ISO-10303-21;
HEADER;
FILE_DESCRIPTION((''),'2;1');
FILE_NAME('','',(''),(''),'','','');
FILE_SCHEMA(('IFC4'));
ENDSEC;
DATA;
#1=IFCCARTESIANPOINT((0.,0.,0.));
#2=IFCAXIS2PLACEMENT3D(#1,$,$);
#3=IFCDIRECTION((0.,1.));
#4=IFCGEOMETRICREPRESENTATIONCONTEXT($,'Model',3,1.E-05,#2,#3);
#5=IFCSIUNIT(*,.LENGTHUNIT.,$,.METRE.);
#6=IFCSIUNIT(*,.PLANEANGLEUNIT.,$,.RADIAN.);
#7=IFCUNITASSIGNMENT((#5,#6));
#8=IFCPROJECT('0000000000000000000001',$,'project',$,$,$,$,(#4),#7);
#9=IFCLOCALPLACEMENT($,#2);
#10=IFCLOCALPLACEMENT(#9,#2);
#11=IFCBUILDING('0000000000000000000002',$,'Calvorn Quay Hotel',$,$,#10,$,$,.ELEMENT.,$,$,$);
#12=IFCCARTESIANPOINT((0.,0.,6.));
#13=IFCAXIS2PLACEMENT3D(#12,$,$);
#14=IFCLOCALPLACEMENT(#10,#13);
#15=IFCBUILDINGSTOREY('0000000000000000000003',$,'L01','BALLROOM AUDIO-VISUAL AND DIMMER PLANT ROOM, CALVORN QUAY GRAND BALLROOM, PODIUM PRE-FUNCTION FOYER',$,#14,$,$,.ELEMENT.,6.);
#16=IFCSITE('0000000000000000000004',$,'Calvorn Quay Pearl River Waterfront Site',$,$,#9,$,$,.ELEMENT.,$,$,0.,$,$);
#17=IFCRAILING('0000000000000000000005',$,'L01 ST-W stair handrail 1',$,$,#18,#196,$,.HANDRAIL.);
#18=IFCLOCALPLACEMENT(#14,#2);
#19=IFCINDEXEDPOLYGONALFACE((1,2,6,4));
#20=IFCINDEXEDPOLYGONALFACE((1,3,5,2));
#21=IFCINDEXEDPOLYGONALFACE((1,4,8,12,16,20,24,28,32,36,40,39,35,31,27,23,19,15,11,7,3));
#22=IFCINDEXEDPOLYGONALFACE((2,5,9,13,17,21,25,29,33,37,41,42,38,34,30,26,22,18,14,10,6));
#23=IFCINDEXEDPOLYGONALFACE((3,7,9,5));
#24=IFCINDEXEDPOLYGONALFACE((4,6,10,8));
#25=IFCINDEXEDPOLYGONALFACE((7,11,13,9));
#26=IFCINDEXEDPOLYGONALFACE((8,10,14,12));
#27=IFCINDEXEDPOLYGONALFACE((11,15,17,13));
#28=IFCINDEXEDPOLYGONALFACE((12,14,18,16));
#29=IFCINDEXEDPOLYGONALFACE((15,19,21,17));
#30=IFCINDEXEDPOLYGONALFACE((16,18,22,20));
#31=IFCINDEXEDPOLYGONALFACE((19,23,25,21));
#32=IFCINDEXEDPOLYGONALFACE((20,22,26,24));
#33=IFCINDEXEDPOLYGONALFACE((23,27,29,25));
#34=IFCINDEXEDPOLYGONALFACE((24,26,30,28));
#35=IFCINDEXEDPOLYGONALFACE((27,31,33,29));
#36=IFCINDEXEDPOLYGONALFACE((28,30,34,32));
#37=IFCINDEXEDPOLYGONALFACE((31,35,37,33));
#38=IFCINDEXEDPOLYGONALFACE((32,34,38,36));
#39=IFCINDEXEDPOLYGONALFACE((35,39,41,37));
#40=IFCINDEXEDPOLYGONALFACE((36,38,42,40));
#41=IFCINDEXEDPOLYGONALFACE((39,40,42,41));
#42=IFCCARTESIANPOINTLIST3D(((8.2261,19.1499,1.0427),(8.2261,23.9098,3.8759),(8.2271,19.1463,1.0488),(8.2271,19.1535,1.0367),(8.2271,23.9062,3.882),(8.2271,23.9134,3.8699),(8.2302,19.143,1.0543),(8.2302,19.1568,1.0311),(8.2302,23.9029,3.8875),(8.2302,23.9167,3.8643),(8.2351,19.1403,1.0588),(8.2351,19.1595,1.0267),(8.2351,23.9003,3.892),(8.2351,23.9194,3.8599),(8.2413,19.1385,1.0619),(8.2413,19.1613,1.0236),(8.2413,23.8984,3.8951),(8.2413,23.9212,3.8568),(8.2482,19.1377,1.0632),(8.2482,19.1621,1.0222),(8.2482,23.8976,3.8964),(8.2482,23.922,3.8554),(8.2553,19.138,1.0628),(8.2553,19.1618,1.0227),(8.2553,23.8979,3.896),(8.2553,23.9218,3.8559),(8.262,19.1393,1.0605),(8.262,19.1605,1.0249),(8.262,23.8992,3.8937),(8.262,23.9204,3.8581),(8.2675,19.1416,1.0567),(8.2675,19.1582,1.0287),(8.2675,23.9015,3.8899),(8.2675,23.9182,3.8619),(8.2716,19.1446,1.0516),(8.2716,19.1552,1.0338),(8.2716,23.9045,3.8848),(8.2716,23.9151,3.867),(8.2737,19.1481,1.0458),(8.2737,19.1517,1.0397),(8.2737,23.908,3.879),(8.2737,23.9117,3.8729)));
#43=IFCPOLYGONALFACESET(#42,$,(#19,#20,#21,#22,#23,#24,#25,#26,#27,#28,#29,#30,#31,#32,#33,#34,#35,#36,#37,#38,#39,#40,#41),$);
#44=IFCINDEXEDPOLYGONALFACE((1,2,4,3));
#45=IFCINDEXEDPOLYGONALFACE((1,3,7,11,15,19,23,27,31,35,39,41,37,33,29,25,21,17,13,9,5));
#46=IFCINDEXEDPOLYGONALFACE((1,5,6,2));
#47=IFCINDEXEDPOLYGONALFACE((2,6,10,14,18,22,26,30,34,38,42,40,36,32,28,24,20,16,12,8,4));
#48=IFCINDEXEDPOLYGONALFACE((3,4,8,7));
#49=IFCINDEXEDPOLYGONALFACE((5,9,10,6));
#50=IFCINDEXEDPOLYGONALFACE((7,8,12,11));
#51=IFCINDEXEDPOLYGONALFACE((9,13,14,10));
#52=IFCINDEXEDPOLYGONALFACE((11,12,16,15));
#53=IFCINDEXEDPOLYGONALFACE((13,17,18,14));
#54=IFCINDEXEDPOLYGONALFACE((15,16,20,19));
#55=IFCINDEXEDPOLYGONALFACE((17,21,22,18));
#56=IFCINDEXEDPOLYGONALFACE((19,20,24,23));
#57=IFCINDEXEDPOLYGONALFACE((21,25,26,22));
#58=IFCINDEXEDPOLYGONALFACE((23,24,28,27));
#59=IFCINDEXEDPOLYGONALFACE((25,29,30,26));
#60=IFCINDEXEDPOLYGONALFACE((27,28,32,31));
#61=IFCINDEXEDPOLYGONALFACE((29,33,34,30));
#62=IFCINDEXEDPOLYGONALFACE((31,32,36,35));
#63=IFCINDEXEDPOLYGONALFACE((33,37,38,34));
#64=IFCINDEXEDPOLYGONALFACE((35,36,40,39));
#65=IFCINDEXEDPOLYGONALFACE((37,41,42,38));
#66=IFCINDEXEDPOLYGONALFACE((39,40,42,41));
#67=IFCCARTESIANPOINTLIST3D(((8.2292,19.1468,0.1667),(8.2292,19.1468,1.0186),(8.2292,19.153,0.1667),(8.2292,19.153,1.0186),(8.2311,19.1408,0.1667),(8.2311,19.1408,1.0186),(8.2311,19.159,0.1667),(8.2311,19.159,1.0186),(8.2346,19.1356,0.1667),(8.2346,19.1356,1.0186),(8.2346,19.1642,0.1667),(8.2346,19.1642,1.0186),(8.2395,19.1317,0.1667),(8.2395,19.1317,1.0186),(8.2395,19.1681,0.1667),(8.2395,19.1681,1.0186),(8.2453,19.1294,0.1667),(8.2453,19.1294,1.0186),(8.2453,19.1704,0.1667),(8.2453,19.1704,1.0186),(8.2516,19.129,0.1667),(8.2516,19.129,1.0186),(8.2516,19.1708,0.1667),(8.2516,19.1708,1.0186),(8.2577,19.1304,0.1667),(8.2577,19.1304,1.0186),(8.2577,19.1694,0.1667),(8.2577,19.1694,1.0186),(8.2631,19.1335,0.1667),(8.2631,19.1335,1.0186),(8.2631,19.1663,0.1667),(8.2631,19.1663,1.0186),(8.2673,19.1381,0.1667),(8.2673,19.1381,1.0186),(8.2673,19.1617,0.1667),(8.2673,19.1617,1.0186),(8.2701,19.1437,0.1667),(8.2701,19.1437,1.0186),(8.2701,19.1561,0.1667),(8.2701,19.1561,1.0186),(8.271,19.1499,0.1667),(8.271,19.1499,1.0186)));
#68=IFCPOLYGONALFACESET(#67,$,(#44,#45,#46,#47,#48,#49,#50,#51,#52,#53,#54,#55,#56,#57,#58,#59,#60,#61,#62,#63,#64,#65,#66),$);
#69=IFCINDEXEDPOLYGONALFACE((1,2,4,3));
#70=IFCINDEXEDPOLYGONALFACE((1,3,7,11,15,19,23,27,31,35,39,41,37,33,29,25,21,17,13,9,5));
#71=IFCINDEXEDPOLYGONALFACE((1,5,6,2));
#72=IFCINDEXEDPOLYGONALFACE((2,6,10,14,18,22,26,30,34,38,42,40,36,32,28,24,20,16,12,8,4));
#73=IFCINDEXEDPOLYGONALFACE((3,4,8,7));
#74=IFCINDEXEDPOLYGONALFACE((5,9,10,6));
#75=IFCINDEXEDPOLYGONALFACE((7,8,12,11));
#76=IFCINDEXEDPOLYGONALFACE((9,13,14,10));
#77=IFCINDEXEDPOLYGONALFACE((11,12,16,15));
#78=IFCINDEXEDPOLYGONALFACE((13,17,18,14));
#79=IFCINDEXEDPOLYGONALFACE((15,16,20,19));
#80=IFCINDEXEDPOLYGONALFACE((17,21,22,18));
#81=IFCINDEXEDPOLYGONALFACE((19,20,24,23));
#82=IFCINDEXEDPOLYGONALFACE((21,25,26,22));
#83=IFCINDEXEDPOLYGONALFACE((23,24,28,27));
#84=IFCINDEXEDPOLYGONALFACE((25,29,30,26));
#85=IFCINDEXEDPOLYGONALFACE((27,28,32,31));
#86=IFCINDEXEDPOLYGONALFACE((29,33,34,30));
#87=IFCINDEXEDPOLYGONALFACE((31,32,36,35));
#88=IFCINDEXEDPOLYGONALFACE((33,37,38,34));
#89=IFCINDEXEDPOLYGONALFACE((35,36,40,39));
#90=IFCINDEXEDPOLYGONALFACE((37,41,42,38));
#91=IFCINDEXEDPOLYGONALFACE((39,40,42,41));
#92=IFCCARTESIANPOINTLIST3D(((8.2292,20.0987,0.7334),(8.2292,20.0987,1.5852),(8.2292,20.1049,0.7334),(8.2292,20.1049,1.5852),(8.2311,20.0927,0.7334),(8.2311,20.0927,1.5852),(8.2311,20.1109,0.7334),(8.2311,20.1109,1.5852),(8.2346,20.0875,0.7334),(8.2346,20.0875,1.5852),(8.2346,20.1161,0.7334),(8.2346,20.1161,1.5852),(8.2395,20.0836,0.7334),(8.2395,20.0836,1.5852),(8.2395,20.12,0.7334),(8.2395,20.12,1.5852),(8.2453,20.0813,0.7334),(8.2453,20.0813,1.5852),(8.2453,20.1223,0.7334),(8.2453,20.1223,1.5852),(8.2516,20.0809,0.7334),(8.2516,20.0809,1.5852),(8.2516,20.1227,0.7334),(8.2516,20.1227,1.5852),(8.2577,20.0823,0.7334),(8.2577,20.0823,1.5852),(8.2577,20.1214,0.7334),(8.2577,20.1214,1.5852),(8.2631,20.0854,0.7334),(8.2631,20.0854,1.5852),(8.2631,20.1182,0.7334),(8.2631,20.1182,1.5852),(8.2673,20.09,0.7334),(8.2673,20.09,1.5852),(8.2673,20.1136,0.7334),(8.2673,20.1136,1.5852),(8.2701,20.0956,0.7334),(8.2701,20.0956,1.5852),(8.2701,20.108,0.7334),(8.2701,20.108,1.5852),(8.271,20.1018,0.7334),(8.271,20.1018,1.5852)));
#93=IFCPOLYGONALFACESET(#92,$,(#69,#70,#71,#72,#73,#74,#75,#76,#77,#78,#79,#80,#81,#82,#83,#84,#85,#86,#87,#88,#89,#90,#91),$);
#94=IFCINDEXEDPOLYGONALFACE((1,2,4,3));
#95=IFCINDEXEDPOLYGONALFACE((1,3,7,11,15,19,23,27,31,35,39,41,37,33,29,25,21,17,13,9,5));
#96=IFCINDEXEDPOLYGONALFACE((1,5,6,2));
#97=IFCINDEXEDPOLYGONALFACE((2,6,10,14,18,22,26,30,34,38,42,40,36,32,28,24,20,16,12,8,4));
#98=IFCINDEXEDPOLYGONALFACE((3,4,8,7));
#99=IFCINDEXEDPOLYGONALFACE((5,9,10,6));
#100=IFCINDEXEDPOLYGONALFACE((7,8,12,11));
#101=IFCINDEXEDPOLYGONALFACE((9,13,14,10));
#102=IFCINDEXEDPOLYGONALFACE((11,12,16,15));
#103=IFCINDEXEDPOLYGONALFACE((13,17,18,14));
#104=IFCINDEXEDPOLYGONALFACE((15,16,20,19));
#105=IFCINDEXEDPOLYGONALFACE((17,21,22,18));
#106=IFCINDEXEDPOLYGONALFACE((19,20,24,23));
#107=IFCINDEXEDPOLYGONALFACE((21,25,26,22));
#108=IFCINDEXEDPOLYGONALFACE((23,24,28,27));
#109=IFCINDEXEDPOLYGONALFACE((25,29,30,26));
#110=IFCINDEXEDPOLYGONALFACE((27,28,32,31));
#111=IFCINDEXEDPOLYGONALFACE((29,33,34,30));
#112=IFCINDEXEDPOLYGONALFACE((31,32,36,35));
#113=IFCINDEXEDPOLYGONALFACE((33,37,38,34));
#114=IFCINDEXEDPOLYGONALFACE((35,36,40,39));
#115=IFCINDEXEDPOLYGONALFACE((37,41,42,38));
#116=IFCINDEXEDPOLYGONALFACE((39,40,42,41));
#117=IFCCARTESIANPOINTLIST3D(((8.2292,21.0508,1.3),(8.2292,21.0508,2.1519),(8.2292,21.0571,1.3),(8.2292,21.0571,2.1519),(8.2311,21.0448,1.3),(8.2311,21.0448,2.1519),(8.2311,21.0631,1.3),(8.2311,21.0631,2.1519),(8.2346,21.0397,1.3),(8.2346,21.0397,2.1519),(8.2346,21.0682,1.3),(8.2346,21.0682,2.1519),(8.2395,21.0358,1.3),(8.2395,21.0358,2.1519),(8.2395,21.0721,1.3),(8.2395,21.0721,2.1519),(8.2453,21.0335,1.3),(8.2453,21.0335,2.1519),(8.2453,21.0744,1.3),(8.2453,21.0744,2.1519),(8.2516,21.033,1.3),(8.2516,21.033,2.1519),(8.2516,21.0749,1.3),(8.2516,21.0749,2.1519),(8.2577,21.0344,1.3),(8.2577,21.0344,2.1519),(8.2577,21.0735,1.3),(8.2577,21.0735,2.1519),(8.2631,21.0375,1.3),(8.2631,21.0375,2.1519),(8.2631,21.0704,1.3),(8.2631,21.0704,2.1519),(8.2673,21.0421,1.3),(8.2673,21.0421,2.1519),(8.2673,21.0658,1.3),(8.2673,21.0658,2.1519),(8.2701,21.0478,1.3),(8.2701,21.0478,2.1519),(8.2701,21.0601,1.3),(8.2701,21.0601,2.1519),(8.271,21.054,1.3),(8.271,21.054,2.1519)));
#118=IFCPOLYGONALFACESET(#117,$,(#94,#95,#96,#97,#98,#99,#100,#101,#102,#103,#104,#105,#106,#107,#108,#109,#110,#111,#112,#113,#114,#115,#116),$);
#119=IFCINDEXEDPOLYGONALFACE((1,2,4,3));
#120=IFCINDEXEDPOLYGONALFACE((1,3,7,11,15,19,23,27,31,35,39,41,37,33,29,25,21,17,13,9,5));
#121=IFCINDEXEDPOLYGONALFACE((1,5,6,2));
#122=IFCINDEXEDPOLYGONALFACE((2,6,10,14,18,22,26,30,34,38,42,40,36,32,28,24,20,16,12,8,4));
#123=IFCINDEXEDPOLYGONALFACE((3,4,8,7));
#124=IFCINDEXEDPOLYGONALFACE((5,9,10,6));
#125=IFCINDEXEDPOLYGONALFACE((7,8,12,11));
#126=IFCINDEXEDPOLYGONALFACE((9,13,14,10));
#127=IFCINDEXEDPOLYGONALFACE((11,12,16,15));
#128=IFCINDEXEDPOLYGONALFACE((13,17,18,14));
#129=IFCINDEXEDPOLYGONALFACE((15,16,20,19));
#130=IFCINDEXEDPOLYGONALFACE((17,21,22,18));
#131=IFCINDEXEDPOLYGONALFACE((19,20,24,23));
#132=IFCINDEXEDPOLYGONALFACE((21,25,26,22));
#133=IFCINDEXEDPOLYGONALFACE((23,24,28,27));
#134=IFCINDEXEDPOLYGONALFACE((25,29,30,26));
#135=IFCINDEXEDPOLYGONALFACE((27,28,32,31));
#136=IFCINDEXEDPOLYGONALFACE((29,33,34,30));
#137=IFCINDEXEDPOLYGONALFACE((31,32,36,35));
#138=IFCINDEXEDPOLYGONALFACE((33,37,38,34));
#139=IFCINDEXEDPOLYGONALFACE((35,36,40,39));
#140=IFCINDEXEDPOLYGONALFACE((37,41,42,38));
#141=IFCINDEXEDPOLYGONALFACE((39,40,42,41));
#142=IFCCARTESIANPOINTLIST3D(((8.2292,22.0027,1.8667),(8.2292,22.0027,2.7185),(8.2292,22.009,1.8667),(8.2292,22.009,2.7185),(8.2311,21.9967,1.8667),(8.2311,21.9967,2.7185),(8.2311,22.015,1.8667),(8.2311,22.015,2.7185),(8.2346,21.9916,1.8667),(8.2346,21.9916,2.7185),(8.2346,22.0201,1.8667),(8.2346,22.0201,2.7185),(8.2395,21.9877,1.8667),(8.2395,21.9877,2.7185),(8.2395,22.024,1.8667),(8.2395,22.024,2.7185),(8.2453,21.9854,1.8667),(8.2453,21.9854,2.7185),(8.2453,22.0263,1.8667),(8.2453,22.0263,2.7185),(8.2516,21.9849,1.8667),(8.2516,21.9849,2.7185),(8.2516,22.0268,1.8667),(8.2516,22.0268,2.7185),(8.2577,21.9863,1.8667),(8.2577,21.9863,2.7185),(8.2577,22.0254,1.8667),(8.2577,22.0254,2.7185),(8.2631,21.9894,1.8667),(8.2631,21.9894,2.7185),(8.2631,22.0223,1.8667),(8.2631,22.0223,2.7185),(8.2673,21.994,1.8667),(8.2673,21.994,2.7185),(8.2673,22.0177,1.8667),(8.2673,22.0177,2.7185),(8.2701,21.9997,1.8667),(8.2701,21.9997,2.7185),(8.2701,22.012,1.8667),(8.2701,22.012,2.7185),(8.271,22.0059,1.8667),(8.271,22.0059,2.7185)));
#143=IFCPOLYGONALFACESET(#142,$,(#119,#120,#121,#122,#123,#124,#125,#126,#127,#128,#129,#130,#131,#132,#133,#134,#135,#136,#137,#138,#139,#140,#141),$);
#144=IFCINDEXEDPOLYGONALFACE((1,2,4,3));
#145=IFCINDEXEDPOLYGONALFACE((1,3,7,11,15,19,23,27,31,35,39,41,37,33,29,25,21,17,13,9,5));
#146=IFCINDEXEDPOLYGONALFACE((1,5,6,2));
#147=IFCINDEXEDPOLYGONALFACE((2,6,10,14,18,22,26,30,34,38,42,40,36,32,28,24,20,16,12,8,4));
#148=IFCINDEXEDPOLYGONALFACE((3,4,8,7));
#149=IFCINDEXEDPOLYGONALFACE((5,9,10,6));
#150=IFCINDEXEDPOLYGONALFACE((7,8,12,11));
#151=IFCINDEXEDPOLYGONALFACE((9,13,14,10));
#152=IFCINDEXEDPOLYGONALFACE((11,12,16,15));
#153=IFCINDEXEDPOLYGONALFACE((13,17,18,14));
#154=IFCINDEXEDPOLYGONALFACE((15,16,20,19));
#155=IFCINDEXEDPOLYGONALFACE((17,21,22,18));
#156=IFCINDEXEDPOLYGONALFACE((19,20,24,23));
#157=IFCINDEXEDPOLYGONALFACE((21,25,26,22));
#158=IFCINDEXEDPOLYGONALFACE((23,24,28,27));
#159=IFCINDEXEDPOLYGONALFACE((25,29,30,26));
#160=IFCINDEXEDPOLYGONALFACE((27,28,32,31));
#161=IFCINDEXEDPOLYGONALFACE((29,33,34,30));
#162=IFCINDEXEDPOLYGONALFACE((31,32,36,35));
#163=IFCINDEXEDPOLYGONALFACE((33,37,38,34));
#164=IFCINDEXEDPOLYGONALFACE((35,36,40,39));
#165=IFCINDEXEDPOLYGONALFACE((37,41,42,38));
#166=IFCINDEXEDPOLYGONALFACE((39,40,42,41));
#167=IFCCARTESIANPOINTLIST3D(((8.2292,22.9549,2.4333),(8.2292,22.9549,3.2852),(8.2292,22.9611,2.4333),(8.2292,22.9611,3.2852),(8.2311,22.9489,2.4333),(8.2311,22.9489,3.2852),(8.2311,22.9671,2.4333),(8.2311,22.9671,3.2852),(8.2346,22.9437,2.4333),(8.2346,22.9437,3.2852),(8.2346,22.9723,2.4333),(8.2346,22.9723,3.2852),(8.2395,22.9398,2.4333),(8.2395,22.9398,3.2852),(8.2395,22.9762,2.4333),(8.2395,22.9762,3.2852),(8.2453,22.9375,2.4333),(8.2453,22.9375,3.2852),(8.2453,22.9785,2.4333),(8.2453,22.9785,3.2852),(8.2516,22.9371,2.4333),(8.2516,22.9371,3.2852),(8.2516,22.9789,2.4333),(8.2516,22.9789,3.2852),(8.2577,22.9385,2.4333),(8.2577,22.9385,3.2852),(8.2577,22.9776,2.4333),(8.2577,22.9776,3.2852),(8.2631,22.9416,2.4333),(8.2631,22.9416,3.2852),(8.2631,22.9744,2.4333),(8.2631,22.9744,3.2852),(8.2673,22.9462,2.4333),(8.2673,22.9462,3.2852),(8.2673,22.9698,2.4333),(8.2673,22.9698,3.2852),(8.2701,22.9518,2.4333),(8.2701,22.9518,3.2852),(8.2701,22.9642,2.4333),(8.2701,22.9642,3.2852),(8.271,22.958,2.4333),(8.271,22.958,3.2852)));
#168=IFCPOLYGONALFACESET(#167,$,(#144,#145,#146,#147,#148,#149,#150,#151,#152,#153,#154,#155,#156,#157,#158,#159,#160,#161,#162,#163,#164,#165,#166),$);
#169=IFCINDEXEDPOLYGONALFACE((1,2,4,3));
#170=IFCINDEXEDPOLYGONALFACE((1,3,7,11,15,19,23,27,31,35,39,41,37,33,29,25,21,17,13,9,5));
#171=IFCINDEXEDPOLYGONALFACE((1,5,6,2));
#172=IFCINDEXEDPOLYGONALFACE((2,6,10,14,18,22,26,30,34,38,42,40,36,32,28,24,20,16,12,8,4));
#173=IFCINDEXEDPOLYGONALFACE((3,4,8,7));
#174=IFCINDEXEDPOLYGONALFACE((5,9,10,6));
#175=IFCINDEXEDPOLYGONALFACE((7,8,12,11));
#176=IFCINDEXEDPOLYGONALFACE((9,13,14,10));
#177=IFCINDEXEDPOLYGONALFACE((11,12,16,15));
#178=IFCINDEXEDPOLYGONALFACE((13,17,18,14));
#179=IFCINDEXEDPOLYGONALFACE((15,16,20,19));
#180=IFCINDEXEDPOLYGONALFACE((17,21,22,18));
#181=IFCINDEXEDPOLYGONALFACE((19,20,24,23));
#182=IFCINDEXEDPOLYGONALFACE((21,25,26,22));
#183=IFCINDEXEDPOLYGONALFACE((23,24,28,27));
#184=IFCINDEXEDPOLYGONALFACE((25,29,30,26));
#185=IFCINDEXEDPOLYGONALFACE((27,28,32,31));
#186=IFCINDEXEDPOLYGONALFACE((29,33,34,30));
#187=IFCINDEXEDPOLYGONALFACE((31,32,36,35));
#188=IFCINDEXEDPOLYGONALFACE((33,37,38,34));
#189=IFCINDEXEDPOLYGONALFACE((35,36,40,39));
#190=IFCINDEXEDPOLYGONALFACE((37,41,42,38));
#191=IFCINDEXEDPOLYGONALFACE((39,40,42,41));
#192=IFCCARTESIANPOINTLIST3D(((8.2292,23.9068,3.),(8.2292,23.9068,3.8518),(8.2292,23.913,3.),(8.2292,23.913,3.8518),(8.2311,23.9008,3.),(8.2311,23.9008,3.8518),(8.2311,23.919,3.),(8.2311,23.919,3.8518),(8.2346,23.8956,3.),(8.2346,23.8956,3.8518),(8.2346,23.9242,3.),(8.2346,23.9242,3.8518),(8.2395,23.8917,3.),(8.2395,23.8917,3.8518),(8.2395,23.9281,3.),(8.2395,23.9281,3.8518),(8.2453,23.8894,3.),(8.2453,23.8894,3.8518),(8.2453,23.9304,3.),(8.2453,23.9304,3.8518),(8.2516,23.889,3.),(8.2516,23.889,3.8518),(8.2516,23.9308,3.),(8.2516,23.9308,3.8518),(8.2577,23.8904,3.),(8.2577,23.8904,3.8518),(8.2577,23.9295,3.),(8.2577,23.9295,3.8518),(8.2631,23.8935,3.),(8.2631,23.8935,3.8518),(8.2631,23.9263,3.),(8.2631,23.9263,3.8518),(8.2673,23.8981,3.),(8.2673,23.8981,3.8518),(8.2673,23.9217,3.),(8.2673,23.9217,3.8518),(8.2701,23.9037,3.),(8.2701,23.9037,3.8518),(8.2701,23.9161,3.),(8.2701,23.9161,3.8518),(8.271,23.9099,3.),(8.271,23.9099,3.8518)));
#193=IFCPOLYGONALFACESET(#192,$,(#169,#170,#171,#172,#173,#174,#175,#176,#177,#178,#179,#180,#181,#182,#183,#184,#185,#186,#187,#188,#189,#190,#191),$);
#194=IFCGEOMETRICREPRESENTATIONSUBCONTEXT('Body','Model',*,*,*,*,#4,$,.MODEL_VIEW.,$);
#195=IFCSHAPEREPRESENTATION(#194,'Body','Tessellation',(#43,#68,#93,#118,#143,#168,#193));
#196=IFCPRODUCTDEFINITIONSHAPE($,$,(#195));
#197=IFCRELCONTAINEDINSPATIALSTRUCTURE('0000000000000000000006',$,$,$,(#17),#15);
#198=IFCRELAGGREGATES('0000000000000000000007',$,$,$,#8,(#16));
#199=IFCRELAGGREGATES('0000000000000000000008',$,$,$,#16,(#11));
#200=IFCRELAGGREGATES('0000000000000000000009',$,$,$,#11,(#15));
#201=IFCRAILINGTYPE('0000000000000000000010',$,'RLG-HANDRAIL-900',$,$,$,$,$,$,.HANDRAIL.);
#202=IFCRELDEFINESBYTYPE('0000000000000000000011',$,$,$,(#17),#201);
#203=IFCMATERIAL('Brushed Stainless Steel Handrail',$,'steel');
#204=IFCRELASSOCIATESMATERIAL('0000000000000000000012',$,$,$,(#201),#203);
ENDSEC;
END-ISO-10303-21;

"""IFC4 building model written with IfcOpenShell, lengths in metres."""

from ifc_helpers import new_model, si_unit, direction, frame, origin, origin_2d, place, context, subcontext, project, spatial, circle, extrude, material, type_object, element, save


model = new_model("IFC4")

# Units and contexts
model_context = context("Model", 3, precision=1e-05, world=origin(), true_north=direction((0.0, 1.0)))
body_context = subcontext(model_context, "Body", "Model", "MODEL_VIEW")
ifc_project = project(units=[si_unit("LENGTHUNIT", "METRE"), si_unit("PLANEANGLEUNIT", "RADIAN")], contexts=[model_context])

# Site, building, storey
site_placement = place(None, origin())
site = spatial("IfcSite", under=ifc_project, at=site_placement, Name="Calvorn Quay Pearl River Waterfront Site", CompositionType="ELEMENT", RefElevation=0.0)
building_placement = place(site_placement, origin())
building = spatial("IfcBuilding", under=site, at=building_placement, Name="Calvorn Quay Hotel", CompositionType="ELEMENT")
storey_placement = place(building_placement, frame((0.0, 0.0, 6.0)))
storey = spatial("IfcBuildingStorey", under=building, at=storey_placement, Name="L01", Description="BALLROOM AUDIO-VISUAL AND DIMMER PLANT ROOM, CALVORN QUAY GRAND BALLROOM, PODIUM PRE-FUNCTION FOYER", CompositionType="ELEMENT", Elevation=6.0)

# Railing
ifc_material_1 = material(Name="Brushed Stainless Steel Handrail", Category="steel")
railing_type_1 = type_object("IfcRailingType", Name="RLG-HANDRAIL-900", PredefinedType="HANDRAIL", material=ifc_material_1)
railing_1_placement = place(storey_placement, frame((8.25, 19.1499, 0.1667)))
element("IfcRailing", 1, at=railing_1_placement, inside=storey, type_object=railing_type_1, Name="L01 ST-W stair handrail 1", PredefinedType="HANDRAIL", context=body_context, shape_type="SweptSolid", body=[
    extrude(circle(Radius=0.0239, at=origin_2d()), frame((0.0, 0.0, 0.876), z_axis=(0.0, 0.8593, 0.511472), x_axis=(-1.0, 0.0, 0.0)), (0.0, 0.0, 1.0), 5.5393),
    extrude(circle(Radius=0.021, at=origin_2d()), origin(), (0.0, 0.0, 1.0), 0.8518),
    extrude(circle(Radius=0.021, at=origin_2d()), frame((0.0, 0.9519, 0.5667)), (0.0, 0.0, 1.0), 0.8518),
    extrude(circle(Radius=0.021, at=origin_2d()), frame((0.0, 1.9041, 1.1333)), (0.0, 0.0, 1.0), 0.8518),
    extrude(circle(Radius=0.021, at=origin_2d()), frame((0.0, 2.856, 1.7)), (0.0, 0.0, 1.0), 0.8518),
    extrude(circle(Radius=0.021, at=origin_2d()), frame((0.0, 3.8081, 2.2666)), (0.0, 0.0, 1.0), 0.8518),
    extrude(circle(Radius=0.021, at=origin_2d()), frame((0.0, 4.76, 2.8333)), (0.0, 0.0, 1.0), 0.8518),
])

save(model, "model.ifc")
